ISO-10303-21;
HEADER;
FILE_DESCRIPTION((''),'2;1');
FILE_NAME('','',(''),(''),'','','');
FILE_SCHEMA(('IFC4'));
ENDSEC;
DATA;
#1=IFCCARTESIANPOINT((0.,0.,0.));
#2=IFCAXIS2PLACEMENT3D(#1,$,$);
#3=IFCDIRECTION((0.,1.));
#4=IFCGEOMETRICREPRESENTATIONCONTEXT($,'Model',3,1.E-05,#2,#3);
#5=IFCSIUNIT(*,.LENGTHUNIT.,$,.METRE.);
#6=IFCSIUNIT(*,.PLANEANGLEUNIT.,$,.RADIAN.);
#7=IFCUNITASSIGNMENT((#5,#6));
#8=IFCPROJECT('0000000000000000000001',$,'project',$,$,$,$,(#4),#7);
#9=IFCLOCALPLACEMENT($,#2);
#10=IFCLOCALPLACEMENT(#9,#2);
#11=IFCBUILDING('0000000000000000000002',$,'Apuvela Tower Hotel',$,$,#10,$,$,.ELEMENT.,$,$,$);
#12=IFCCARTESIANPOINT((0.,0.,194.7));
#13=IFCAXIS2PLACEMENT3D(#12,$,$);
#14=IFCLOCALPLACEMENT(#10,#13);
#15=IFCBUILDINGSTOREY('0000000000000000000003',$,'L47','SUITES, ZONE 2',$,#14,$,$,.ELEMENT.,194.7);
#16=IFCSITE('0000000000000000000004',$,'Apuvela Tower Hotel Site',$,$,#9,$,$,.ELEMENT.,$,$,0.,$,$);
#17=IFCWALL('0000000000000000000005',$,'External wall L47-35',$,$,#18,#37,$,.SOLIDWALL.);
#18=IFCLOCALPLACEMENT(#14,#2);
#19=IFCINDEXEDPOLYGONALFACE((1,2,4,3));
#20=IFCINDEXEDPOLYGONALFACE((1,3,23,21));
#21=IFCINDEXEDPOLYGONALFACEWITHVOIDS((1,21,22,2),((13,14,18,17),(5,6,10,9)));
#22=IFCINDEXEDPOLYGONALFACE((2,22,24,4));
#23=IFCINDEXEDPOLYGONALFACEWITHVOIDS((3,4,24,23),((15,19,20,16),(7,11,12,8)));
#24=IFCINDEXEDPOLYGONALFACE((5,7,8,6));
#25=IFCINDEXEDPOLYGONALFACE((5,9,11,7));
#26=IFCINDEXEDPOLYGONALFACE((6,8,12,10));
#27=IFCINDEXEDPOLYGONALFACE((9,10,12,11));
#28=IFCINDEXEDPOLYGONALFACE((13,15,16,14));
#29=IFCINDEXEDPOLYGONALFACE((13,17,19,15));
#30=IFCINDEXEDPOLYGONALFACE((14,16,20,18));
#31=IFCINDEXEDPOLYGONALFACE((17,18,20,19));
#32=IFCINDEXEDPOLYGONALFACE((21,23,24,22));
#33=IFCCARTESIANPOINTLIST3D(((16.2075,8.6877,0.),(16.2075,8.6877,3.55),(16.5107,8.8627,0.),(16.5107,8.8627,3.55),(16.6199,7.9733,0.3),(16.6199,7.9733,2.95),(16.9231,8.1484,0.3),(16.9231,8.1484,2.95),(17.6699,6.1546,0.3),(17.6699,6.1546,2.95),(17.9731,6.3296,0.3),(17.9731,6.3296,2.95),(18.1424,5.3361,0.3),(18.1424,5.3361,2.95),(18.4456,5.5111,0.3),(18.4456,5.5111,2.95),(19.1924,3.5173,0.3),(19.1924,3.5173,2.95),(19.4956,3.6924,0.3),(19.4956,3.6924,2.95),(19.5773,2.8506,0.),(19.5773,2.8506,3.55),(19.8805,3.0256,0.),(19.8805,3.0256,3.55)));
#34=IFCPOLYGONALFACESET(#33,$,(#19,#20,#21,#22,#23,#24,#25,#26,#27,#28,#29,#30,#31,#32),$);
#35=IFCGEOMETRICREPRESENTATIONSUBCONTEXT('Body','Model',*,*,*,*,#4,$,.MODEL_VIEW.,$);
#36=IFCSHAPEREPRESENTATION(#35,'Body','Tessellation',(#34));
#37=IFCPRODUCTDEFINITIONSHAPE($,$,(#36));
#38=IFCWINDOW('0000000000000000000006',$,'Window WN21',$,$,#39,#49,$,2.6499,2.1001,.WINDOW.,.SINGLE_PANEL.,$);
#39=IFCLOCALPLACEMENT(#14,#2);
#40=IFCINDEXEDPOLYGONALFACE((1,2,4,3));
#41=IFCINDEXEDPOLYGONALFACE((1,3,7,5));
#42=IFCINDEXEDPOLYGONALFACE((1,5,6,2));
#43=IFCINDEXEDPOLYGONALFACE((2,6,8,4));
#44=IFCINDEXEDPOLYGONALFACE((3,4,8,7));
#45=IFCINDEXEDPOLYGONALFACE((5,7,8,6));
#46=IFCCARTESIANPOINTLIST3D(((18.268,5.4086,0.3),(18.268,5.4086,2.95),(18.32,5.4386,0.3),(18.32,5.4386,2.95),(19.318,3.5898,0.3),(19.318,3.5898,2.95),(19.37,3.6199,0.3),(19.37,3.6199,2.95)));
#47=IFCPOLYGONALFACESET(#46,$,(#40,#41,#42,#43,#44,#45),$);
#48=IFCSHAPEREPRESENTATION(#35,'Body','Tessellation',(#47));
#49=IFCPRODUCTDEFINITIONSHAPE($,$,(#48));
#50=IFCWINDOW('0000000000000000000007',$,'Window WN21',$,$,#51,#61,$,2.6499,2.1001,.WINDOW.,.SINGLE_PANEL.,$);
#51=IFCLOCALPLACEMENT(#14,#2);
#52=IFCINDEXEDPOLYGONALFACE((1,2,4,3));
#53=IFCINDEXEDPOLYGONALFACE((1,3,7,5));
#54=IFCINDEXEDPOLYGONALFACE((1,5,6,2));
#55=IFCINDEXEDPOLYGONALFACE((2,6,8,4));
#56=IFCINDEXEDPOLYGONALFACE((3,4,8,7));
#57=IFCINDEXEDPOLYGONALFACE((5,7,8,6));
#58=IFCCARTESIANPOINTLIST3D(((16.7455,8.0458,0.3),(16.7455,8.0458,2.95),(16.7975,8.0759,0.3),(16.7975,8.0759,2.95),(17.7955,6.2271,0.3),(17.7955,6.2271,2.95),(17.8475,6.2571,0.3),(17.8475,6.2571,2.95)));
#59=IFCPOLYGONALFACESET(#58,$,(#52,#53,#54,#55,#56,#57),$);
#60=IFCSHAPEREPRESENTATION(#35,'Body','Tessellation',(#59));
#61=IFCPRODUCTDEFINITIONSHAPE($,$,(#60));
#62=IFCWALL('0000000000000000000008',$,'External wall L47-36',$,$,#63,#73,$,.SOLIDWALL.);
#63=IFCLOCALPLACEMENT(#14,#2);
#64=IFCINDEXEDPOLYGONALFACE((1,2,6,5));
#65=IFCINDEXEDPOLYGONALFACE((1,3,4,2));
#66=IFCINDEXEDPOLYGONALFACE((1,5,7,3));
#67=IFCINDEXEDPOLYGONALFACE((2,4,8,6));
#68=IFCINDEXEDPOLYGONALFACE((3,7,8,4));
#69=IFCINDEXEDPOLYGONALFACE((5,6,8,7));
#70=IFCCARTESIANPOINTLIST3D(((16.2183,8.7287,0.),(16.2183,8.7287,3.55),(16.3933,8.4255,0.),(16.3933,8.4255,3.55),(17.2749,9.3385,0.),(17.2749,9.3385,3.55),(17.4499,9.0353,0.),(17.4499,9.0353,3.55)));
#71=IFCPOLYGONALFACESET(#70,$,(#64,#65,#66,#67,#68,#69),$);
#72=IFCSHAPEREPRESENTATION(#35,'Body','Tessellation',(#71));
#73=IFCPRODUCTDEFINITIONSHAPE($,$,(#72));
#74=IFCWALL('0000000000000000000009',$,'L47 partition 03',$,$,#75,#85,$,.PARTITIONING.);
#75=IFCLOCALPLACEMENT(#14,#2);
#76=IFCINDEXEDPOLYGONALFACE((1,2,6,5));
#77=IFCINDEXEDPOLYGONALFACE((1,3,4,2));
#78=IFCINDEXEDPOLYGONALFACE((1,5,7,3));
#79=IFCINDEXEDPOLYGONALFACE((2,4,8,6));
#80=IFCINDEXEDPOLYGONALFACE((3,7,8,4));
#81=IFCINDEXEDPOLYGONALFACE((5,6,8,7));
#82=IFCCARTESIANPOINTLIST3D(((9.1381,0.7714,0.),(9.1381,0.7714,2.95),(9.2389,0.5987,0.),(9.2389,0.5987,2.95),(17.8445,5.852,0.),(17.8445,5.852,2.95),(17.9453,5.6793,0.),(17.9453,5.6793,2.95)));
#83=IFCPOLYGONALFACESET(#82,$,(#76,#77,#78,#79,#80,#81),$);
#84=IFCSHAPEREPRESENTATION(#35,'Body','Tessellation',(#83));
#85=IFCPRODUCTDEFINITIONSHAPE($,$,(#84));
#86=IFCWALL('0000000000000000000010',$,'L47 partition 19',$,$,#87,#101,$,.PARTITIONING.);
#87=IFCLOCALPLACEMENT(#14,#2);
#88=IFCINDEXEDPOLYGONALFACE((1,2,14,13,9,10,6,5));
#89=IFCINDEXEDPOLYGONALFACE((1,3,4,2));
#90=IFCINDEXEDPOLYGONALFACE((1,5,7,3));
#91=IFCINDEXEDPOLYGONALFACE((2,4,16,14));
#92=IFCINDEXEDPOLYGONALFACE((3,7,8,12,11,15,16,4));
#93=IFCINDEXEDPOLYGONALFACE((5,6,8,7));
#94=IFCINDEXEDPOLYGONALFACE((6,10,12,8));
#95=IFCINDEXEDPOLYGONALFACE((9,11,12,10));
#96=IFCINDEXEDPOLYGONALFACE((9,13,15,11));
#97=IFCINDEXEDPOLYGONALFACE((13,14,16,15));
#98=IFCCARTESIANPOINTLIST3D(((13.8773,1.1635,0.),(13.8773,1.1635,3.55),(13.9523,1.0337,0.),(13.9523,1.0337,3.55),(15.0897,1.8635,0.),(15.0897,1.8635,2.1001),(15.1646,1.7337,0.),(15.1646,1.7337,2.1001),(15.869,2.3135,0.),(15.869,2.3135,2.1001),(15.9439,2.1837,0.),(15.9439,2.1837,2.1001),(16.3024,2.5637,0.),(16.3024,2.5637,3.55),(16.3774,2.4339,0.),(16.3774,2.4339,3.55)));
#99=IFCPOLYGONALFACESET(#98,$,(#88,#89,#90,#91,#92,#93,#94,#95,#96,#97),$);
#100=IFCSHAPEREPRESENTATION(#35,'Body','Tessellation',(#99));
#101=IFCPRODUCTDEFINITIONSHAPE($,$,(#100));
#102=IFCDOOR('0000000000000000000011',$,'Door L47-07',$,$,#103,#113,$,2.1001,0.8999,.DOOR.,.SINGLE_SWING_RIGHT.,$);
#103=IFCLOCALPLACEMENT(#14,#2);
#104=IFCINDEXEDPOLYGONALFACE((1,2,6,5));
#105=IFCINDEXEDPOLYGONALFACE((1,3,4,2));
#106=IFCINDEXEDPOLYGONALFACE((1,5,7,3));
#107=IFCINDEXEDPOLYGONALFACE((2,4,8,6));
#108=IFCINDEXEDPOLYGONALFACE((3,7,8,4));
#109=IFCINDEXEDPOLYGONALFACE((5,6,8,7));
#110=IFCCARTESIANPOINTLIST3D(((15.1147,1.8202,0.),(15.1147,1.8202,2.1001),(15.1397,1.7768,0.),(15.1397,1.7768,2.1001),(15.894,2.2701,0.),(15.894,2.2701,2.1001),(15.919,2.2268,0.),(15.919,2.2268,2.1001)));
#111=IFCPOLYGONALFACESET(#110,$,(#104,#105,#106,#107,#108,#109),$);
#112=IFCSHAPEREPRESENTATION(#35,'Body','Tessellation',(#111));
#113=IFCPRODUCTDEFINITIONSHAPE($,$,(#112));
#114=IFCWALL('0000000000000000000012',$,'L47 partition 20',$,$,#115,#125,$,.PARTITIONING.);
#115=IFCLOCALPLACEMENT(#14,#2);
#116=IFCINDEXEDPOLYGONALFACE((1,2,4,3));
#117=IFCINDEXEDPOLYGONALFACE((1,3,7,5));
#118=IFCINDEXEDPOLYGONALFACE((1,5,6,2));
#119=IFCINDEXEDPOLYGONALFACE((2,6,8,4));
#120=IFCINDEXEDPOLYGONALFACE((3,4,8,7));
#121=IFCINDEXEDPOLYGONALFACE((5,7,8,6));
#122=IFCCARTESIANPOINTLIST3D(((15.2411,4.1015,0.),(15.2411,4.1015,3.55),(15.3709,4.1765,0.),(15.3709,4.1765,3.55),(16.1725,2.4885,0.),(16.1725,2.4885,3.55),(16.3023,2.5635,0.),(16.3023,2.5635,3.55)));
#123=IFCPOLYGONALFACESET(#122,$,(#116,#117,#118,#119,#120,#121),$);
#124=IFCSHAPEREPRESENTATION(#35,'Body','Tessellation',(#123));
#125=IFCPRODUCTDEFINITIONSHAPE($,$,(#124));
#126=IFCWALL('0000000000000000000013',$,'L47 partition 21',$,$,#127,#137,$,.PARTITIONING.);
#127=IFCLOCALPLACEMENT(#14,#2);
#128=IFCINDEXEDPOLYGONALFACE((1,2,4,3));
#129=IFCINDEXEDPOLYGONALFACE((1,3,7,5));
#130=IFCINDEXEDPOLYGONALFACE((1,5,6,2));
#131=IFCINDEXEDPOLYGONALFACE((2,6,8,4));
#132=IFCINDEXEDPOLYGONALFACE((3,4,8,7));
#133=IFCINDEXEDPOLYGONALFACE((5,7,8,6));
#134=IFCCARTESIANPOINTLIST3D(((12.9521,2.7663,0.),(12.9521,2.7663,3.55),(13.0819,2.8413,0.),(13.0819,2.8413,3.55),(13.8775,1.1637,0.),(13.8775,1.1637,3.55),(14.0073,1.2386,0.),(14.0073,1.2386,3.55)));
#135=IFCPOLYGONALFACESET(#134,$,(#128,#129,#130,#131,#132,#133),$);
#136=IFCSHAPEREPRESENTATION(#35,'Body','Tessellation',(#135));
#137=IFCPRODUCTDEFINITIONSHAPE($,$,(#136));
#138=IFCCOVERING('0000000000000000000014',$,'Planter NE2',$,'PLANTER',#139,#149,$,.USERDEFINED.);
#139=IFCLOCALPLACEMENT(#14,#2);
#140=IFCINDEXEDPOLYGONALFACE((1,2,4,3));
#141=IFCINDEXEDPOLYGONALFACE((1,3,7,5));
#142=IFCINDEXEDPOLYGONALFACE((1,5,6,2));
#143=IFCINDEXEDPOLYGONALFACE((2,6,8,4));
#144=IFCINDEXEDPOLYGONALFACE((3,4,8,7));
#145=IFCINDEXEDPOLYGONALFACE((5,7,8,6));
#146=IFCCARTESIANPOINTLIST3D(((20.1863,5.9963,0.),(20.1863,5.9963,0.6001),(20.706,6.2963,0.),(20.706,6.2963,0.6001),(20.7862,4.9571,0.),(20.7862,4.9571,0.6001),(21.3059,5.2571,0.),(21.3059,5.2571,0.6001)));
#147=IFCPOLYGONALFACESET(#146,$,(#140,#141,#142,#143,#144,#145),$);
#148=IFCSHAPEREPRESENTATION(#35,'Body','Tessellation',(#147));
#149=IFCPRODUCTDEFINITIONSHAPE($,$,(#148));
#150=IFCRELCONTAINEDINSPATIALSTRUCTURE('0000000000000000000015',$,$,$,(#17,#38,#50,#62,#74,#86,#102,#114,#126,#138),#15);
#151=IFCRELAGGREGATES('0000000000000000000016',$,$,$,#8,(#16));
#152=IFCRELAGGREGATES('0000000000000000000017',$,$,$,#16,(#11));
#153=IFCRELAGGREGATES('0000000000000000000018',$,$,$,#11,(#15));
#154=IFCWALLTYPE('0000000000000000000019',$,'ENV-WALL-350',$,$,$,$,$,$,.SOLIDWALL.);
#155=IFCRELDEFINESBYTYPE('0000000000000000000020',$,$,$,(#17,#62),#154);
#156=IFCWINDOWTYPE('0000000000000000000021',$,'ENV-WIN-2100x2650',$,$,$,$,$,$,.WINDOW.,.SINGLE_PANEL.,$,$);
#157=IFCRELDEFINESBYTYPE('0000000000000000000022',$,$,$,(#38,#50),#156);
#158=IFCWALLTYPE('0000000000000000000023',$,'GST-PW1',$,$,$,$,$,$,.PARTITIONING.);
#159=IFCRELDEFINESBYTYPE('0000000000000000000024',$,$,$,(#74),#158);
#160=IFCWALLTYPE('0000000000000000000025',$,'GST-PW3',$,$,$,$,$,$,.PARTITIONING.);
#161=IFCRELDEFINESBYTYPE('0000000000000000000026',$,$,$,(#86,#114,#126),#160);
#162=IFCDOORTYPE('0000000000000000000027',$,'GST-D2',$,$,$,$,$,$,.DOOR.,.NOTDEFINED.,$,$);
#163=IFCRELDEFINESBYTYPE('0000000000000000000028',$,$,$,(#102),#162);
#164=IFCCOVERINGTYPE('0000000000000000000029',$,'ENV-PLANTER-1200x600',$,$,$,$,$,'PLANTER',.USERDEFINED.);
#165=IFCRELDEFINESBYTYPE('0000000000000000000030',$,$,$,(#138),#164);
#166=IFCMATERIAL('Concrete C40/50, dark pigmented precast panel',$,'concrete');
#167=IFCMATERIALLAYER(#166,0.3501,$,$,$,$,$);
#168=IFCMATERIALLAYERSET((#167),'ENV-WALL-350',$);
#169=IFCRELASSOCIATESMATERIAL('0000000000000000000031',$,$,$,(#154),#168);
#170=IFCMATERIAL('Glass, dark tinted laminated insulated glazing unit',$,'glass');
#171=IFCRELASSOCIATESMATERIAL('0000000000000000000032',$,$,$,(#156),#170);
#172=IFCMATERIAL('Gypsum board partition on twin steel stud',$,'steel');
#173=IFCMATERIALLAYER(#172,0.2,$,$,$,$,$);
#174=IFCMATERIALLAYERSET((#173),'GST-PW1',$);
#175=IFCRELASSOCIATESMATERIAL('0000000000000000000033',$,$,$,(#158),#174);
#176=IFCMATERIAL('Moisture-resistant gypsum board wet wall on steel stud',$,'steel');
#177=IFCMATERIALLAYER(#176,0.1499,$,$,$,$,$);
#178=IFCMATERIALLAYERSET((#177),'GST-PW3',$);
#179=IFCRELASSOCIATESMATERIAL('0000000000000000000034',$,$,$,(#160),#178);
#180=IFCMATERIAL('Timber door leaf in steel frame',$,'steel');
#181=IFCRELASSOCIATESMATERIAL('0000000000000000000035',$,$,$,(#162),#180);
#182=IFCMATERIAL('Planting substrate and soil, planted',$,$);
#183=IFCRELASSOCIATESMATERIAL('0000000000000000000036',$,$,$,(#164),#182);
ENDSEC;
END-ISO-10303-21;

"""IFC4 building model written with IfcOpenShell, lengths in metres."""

from ifc_helpers import new_model, si_unit, direction, frame, frame_2d, origin, origin_2d, place, context, subcontext, project, spatial, rectangle, extrude, material, layer, layer_set, type_object, element, fill, save


model = new_model("IFC4")

# Units and contexts
model_context = context("Model", 3, precision=1e-05, world=origin(), true_north=direction((0.0, 1.0)))
body_context = subcontext(model_context, "Body", "Model", "MODEL_VIEW")
ifc_project = project(units=[si_unit("LENGTHUNIT", "METRE"), si_unit("PLANEANGLEUNIT", "RADIAN")], contexts=[model_context])

# Site, building, storey
site_placement = place(None, origin())
site = spatial("IfcSite", under=ifc_project, at=site_placement, Name="Apuvela Tower Hotel Site", CompositionType="ELEMENT", RefElevation=0.0)
building_placement = place(site_placement, origin())
building = spatial("IfcBuilding", under=site, at=building_placement, Name="Apuvela Tower Hotel", CompositionType="ELEMENT")
storey_placement = place(building_placement, frame((0.0, 0.0, 194.7)))
storey = spatial("IfcBuildingStorey", under=building, at=storey_placement, Name="L47", Description="SUITES, ZONE 2", CompositionType="ELEMENT", Elevation=194.7)

# Shared definitions
ifc_material_1 = material(Name="Concrete C40/50, dark pigmented precast panel", Category="concrete")
ifc_layer_1 = layer(ifc_material_1, 0.3501)
ifc_layer_set_1 = layer_set([ifc_layer_1], Name="ENV-WALL-350")
wall_type_1 = type_object("IfcWallType", Name="ENV-WALL-350", PredefinedType="SOLIDWALL", material=ifc_layer_set_1)

# Wall, openings, windows
wall_1_placement = place(storey_placement, frame((19.729, 2.938, 0.0), z_axis=(0.0, 0.0, 1.0), x_axis=(-0.499976, 0.866039, 0.0)))
wall_1 = element("IfcWall", 1, at=wall_1_placement, inside=storey, type_object=wall_type_1, Name="External wall L47-35", PredefinedType="SOLIDWALL", context=body_context, shape_type="SweptSolid", body=[
    extrude(rectangle(XDim=6.74, YDim=0.3501, at=frame_2d((3.3701, 0.0))), origin(), (0.0, 0.0, 1.0), 3.55),
])
opening_1_placement = place(wall_1_placement, frame((0.77, 0.0, 0.3)))
opening_1 = element("IfcOpeningElement", 2, at=opening_1_placement, cuts=wall_1, PredefinedType="OPENING", context=body_context, shape_type="SweptSolid", body=[
    extrude(rectangle(XDim=2.1001, YDim=2.6499, at=frame_2d((1.05, 1.325))), frame((0.0, 0.1851, 0.0), z_axis=(0.0, -1.0, 0.0), x_axis=(1.0, 0.0, 0.0)), (0.0, 0.0, 1.0), 0.3701),
])
opening_2_placement = place(wall_1_placement, frame((3.8152, 0.0, 0.3)))
opening_2 = element("IfcOpeningElement", 3, at=opening_2_placement, cuts=wall_1, PredefinedType="OPENING", context=body_context, shape_type="SweptSolid", body=[
    extrude(rectangle(XDim=2.1001, YDim=2.6499, at=frame_2d((1.05, 1.325))), frame((0.0, 0.1851, 0.0), z_axis=(0.0, -1.0, 0.0), x_axis=(1.0, 0.0, 0.0)), (0.0, 0.0, 1.0), 0.3701),
])
ifc_material_2 = material(Name="Glass, dark tinted laminated insulated glazing unit", Category="glass")
window_type_1 = type_object("IfcWindowType", Name="ENV-WIN-2100x2650", PartitioningType="SINGLE_PANEL", PredefinedType="WINDOW", material=ifc_material_2)
window_1_placement = place(opening_1_placement, origin())
window_1 = element("IfcWindow", 4, at=window_1_placement, inside=storey, type_object=window_type_1, Name="Window WN21", OverallHeight=2.6499, OverallWidth=2.1001, PartitioningType="SINGLE_PANEL", PredefinedType="WINDOW", context=body_context, shape_type="SweptSolid", body=[
    extrude(rectangle(XDim=2.1001, YDim=2.6499, at=frame_2d((1.05, 1.325))), frame((0.0, 0.03, 0.0), z_axis=(0.0, -1.0, 0.0), x_axis=(1.0, 0.0, 0.0)), (0.0, 0.0, 1.0), 0.0601),
])
fill(opening_1, window_1)
window_2_placement = place(opening_2_placement, origin())
window_2 = element("IfcWindow", 5, at=window_2_placement, inside=storey, type_object=window_type_1, Name="Window WN21", OverallHeight=2.6499, OverallWidth=2.1001, PartitioningType="SINGLE_PANEL", PredefinedType="WINDOW", context=body_context, shape_type="SweptSolid", body=[
    extrude(rectangle(XDim=2.1001, YDim=2.6499, at=frame_2d((1.05, 1.325))), frame((0.0, 0.03, 0.0), z_axis=(0.0, -1.0, 0.0), x_axis=(1.0, 0.0, 0.0)), (0.0, 0.0, 1.0), 0.0601),
])
fill(opening_2, window_2)

# Wall
wall_2_placement = place(storey_placement, frame((16.3059, 8.5771, 0.0), z_axis=(0.0, 0.0, 1.0), x_axis=(0.866092, 0.499884, 0.0)))
element("IfcWall", 6, at=wall_2_placement, inside=storey, type_object=wall_type_1, Name="External wall L47-36", PredefinedType="SOLIDWALL", context=body_context, shape_type="SweptSolid", body=[
    extrude(rectangle(XDim=1.22, YDim=0.3501, at=frame_2d((0.6099, 0.0))), origin(), (0.0, 0.0, 1.0), 3.55),
])

# Wall
ifc_material_3 = material(Name="Gypsum board partition on twin steel stud", Category="steel")
ifc_layer_2 = layer(ifc_material_3, 0.2)
ifc_layer_set_2 = layer_set([ifc_layer_2], Name="GST-PW1")
wall_type_2 = type_object("IfcWallType", Name="GST-PW1", PredefinedType="PARTITIONING", material=ifc_layer_set_2)
wall_3_placement = place(storey_placement, frame((17.8948, 5.7656, 0.0), z_axis=(0.0, 0.0, 1.0), x_axis=(-0.863697, -0.504011, 0.0)))
element("IfcWall", 7, at=wall_3_placement, inside=storey, type_object=wall_type_2, Name="L47 partition 03", PredefinedType="PARTITIONING", context=body_context, shape_type="SweptSolid", body=[
    extrude(rectangle(XDim=10.0803, YDim=0.2, at=frame_2d((5.04, 0.0))), origin(), (0.0, 0.0, 1.0), 2.95),
])

# Wall, opening, door
ifc_material_4 = material(Name="Moisture-resistant gypsum board wet wall on steel stud", Category="steel")
ifc_layer_3 = layer(ifc_material_4, 0.1499)
ifc_layer_set_3 = layer_set([ifc_layer_3], Name="GST-PW3")
wall_type_3 = type_object("IfcWallType", Name="GST-PW3", PredefinedType="PARTITIONING", material=ifc_layer_set_3)
wall_4_placement = place(storey_placement, frame((13.9148, 1.0986, 0.0), z_axis=(0.0, 0.0, 1.0), x_axis=(0.866019, 0.500012, 0.0)))
wall_4 = element("IfcWall", 8, at=wall_4_placement, inside=storey, type_object=wall_type_3, Name="L47 partition 19", PredefinedType="PARTITIONING", context=body_context, shape_type="SweptSolid", body=[
    extrude(rectangle(XDim=2.8003, YDim=0.1499, at=frame_2d((1.4001, 0.0))), origin(), (0.0, 0.0, 1.0), 3.55),
])
opening_3_placement = place(wall_4_placement, frame((1.3999, 0.0, 0.0)))
opening_3 = element("IfcOpeningElement", 9, at=opening_3_placement, cuts=wall_4, PredefinedType="OPENING", context=body_context, shape_type="SweptSolid", body=[
    extrude(rectangle(XDim=0.8999, YDim=2.1001, at=frame_2d((0.45, 1.05))), frame((0.0, 0.085, 0.0), z_axis=(0.0, -1.0, 0.0), x_axis=(1.0, 0.0, 0.0)), (0.0, 0.0, 1.0), 0.1699),
])
ifc_material_5 = material(Name="Timber door leaf in steel frame", Category="steel")
door_type_1 = type_object("IfcDoorType", Name="GST-D2", OperationType="NOTDEFINED", PredefinedType="DOOR", material=ifc_material_5)
door_1_placement = place(opening_3_placement, origin())
door_1 = element("IfcDoor", 10, at=door_1_placement, inside=storey, type_object=door_type_1, Name="Door L47-07", OperationType="SINGLE_SWING_RIGHT", OverallHeight=2.1001, OverallWidth=0.8999, PredefinedType="DOOR", context=body_context, shape_type="SweptSolid", body=[
    extrude(rectangle(XDim=0.8999, YDim=2.1001, at=frame_2d((0.45, 1.05))), frame((0.0, 0.0249, 0.0), z_axis=(0.0, -1.0, 0.0), x_axis=(1.0, 0.0, 0.0)), (0.0, 0.0, 1.0), 0.05),
])
fill(opening_3, door_1)

# Walls
wall_5_placement = place(storey_placement, frame((16.2373, 2.5261, 0.0), z_axis=(0.0, 0.0, 1.0), x_axis=(-0.500044, 0.866, 0.0)))
element("IfcWall", 11, at=wall_5_placement, inside=storey, type_object=wall_type_3, Name="L47 partition 20", PredefinedType="PARTITIONING", context=body_context, shape_type="SweptSolid", body=[
    extrude(rectangle(XDim=1.8625, YDim=0.1499, at=frame_2d((0.9312, 0.0))), origin(), (0.0, 0.0, 1.0), 3.55),
])
wall_6_placement = place(storey_placement, frame((13.9424, 1.2012, 0.0), z_axis=(0.0, 0.0, 1.0), x_axis=(-0.500027, 0.86601, 0.0)))
element("IfcWall", 12, at=wall_6_placement, inside=storey, type_object=wall_type_3, Name="L47 partition 21", PredefinedType="PARTITIONING", context=body_context, shape_type="SweptSolid", body=[
    extrude(rectangle(XDim=1.8506, YDim=0.1499, at=frame_2d((0.9253, 0.0))), origin(), (0.0, 0.0, 1.0), 3.55),
])

# Covering
ifc_material_6 = material(Name="Planting substrate and soil, planted")
covering_type = type_object("IfcCoveringType", Name="ENV-PLANTER-1200x600", ElementType="PLANTER", PredefinedType="USERDEFINED", material=ifc_material_6)
covering_placement = place(storey_placement, frame((20.7461, 5.6267, 0.0), z_axis=(0.0, 0.0, 1.0), x_axis=(-0.5, 0.866025, 0.0)))
element("IfcCovering", 13, at=covering_placement, inside=storey, type_object=covering_type, Name="Planter NE2", ObjectType="PLANTER", PredefinedType="USERDEFINED", context=body_context, shape_type="SweptSolid", body=[
    extrude(rectangle(XDim=1.2, YDim=0.6001, at=origin_2d()), origin(), (0.0, 0.0, 1.0), 0.6001),
])

save(model, "model.ifc")
